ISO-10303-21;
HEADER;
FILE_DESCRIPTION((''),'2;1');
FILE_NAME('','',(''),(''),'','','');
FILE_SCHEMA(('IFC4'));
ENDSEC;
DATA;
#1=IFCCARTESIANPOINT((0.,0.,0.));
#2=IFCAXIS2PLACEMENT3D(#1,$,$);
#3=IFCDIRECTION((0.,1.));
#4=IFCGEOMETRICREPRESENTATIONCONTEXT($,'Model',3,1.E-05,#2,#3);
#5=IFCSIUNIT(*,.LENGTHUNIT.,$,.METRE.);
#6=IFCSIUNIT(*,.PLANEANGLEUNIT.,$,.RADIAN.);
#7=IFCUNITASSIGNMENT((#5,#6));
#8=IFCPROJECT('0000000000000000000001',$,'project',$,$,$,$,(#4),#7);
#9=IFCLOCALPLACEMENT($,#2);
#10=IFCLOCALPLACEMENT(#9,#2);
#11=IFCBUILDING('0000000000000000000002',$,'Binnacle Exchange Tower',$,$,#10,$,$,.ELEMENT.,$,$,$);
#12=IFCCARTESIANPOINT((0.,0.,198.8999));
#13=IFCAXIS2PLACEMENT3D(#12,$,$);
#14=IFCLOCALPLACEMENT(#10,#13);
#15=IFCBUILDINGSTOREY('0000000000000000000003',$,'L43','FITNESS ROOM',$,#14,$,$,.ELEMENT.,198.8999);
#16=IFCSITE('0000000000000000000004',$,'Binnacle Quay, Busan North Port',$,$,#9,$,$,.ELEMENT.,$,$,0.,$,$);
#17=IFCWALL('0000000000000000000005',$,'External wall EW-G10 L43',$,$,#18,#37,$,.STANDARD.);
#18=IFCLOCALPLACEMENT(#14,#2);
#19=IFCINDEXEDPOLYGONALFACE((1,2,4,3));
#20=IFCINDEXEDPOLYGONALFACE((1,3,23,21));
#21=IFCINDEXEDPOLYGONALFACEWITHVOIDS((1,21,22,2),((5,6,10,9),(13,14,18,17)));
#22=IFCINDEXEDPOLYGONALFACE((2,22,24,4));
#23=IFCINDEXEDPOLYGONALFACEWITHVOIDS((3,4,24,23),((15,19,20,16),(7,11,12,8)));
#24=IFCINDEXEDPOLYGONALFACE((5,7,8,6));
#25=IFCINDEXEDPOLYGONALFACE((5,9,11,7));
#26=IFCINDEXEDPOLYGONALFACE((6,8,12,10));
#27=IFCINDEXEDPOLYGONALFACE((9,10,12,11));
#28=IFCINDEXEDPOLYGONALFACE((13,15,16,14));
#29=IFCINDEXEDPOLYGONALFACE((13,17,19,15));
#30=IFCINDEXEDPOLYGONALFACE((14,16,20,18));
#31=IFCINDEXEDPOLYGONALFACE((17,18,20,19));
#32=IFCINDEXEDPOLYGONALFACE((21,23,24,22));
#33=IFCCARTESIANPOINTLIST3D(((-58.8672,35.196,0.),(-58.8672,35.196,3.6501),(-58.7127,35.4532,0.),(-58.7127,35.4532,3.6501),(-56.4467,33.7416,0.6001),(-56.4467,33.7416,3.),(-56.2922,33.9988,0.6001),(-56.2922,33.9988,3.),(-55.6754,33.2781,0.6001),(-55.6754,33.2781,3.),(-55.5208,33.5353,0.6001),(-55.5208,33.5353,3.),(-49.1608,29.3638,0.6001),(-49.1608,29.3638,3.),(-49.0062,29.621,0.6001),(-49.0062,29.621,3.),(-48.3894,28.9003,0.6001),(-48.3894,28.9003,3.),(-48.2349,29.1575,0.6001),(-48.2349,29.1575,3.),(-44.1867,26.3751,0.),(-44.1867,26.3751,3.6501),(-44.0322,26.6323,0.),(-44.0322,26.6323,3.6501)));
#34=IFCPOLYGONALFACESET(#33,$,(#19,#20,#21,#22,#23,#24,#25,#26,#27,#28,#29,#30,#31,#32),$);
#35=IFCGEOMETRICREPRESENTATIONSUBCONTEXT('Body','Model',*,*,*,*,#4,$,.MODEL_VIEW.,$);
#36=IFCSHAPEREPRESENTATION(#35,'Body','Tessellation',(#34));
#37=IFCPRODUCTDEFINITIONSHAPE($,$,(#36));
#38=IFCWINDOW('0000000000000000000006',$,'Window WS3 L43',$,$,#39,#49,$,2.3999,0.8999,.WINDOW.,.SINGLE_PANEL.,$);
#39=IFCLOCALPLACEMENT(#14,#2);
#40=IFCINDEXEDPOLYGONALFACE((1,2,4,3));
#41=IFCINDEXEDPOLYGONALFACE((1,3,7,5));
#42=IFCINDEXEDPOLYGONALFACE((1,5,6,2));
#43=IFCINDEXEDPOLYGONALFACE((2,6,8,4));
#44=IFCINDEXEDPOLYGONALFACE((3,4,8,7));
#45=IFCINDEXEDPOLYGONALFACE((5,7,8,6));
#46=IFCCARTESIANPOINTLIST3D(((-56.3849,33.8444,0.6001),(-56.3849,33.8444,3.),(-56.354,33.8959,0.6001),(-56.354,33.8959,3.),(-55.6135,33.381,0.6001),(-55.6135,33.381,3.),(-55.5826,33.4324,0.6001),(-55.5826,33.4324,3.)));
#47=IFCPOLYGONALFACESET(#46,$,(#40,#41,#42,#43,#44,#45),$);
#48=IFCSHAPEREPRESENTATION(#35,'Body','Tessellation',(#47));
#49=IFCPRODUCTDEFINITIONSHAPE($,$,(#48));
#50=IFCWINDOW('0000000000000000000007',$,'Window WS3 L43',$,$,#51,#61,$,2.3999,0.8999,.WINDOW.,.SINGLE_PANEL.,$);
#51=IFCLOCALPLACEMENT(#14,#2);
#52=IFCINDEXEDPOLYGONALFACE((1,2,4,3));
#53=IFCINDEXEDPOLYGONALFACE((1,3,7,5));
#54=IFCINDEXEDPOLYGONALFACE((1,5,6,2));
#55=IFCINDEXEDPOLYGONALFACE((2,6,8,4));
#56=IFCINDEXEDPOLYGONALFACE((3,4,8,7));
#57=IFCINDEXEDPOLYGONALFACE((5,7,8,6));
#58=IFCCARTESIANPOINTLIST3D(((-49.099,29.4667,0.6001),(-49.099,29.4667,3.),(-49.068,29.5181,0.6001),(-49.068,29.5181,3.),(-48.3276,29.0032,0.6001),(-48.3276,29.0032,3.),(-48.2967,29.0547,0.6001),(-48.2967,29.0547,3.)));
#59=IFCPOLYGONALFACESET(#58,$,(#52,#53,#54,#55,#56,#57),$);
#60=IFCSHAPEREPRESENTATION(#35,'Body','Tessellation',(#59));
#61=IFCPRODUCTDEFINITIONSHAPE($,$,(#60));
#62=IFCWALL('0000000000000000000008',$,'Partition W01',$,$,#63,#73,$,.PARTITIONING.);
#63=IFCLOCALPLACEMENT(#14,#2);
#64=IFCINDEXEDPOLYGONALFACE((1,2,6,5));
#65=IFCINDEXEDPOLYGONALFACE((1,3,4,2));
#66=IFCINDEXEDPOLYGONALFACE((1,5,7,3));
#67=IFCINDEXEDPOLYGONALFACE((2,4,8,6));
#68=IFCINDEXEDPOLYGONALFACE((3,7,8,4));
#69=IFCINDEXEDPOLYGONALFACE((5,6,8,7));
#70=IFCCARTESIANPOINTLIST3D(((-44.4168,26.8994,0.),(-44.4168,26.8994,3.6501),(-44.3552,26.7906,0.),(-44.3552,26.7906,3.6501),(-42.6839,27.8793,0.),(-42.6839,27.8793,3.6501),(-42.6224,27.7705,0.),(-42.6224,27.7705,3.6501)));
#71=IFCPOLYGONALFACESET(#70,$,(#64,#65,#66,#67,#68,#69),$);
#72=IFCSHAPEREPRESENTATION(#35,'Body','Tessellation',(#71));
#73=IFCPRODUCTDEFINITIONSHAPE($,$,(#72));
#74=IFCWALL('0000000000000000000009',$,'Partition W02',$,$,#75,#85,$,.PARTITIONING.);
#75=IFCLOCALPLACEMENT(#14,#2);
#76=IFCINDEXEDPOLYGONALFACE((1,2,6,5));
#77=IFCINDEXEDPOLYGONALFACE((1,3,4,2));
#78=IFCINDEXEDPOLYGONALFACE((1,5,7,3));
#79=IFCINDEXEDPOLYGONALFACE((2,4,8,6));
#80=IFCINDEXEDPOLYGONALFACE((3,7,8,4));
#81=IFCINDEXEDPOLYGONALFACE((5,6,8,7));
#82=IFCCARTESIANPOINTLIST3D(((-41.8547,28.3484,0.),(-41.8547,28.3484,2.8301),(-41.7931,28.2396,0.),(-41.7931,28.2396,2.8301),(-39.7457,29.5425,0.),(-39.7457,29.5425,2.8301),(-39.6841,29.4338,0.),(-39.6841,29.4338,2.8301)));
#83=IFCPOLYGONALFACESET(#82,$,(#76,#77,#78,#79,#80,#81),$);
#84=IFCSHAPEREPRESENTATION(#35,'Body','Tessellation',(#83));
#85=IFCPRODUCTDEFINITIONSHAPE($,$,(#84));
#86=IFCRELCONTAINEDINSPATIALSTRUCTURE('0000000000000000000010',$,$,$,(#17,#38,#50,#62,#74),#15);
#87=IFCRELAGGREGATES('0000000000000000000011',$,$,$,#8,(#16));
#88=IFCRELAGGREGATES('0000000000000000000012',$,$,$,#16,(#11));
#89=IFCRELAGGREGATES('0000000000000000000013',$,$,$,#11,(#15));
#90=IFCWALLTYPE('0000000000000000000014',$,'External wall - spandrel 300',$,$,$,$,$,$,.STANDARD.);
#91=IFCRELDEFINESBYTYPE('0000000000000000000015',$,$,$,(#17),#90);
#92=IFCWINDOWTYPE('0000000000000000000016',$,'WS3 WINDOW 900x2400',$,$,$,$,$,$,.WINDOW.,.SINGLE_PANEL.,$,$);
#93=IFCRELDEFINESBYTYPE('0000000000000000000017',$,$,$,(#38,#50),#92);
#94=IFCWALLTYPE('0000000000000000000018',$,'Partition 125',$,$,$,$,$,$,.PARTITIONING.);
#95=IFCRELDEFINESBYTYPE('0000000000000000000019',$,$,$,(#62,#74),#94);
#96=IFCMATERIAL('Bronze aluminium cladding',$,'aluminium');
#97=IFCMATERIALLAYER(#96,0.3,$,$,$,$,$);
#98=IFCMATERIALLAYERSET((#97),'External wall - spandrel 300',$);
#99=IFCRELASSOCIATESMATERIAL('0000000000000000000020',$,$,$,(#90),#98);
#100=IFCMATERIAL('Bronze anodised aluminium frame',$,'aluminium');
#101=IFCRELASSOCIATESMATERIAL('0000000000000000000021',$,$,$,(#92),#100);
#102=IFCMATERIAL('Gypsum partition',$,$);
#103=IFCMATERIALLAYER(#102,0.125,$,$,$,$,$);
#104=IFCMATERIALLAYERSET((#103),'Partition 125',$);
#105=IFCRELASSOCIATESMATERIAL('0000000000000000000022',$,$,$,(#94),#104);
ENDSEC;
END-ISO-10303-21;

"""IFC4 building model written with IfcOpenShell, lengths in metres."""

from ifc_helpers import new_model, si_unit, direction, frame, frame_2d, origin, place, context, subcontext, project, spatial, rectangle, extrude, material, layer, layer_set, type_object, element, fill, save


model = new_model("IFC4")

# Units and contexts
model_context = context("Model", 3, precision=1e-05, world=origin(), true_north=direction((0.0, 1.0)))
body_context = subcontext(model_context, "Body", "Model", "MODEL_VIEW")
ifc_project = project(units=[si_unit("LENGTHUNIT", "METRE"), si_unit("PLANEANGLEUNIT", "RADIAN")], contexts=[model_context])

# Site, building, storey
site_placement = place(None, origin())
site = spatial("IfcSite", under=ifc_project, at=site_placement, Name="Binnacle Quay, Busan North Port", CompositionType="ELEMENT", RefElevation=0.0)
building_placement = place(site_placement, origin())
building = spatial("IfcBuilding", under=site, at=building_placement, Name="Binnacle Exchange Tower", CompositionType="ELEMENT")
storey_placement = place(building_placement, frame((0.0, 0.0, 198.8999)))
storey = spatial("IfcBuildingStorey", under=building, at=storey_placement, Name="L43", Description="FITNESS ROOM", CompositionType="ELEMENT", Elevation=198.8999)

# Shared definitions
ifc_material_1 = material(Name="Bronze aluminium cladding", Category="aluminium")
ifc_layer_1 = layer(ifc_material_1, 0.3)
ifc_layer_set_1 = layer_set([ifc_layer_1], Name="External wall - spandrel 300")
wall_type_1 = type_object("IfcWallType", Name="External wall - spandrel 300", PredefinedType="STANDARD", material=ifc_layer_set_1)

# Wall, openings, windows
wall_1_placement = place(storey_placement, frame((-44.1094, 26.5037, 0.0), z_axis=(0.0, 0.0, 1.0), x_axis=(-0.85717, 0.515034, 0.0)))
wall_1 = element("IfcWall", 1, at=wall_1_placement, inside=storey, type_object=wall_type_1, Name="External wall EW-G10 L43", PredefinedType="STANDARD", context=body_context, shape_type="SweptSolid", body=[
    extrude(rectangle(XDim=17.1267, YDim=0.3, at=frame_2d((8.5635, 0.0))), origin(), (0.0, 0.0, 1.0), 3.6501),
])
opening_1_placement = place(wall_1_placement, frame((13.4031, 0.0, 0.6001)))
opening_1 = element("IfcOpeningElement", 2, at=opening_1_placement, cuts=wall_1, PredefinedType="OPENING", context=body_context, shape_type="SweptSolid", body=[
    extrude(rectangle(XDim=0.8999, YDim=2.3999, at=frame_2d((0.45, 1.2))), frame((0.0, 0.1599, 0.0), z_axis=(0.0, -1.0, 0.0), x_axis=(1.0, 0.0, 0.0)), (0.0, 0.0, 1.0), 0.3201),
])
opening_2_placement = place(wall_1_placement, frame((4.9031, 0.0, 0.6001)))
opening_2 = element("IfcOpeningElement", 3, at=opening_2_placement, cuts=wall_1, PredefinedType="OPENING", context=body_context, shape_type="SweptSolid", body=[
    extrude(rectangle(XDim=0.8999, YDim=2.3999, at=frame_2d((0.45, 1.2))), frame((0.0, 0.1599, 0.0), z_axis=(0.0, -1.0, 0.0), x_axis=(1.0, 0.0, 0.0)), (0.0, 0.0, 1.0), 0.3201),
])
ifc_material_2 = material(Name="Bronze anodised aluminium frame", Category="aluminium")
window_type = type_object("IfcWindowType", Name="WS3 WINDOW 900x2400", PartitioningType="SINGLE_PANEL", PredefinedType="WINDOW", material=ifc_material_2)
window_1_placement = place(opening_1_placement, origin())
window_1 = element("IfcWindow", 4, at=window_1_placement, inside=storey, type_object=window_type, Name="Window WS3 L43", OverallHeight=2.3999, OverallWidth=0.8999, PartitioningType="SINGLE_PANEL", PredefinedType="WINDOW", context=body_context, shape_type="SweptSolid", body=[
    extrude(rectangle(XDim=0.8999, YDim=2.3999, at=frame_2d((0.45, 1.2))), frame((0.0, 0.03, 0.0), z_axis=(0.0, -1.0, 0.0), x_axis=(1.0, 0.0, 0.0)), (0.0, 0.0, 1.0), 0.0601),
])
fill(opening_1, window_1)
window_2_placement = place(opening_2_placement, origin())
window_2 = element("IfcWindow", 5, at=window_2_placement, inside=storey, type_object=window_type, Name="Window WS3 L43", OverallHeight=2.3999, OverallWidth=0.8999, PartitioningType="SINGLE_PANEL", PredefinedType="WINDOW", context=body_context, shape_type="SweptSolid", body=[
    extrude(rectangle(XDim=0.8999, YDim=2.3999, at=frame_2d((0.45, 1.2))), frame((0.0, 0.03, 0.0), z_axis=(0.0, -1.0, 0.0), x_axis=(1.0, 0.0, 0.0)), (0.0, 0.0, 1.0), 0.0601),
])
fill(opening_2, window_2)

# Walls
ifc_material_3 = material(Name="Gypsum partition")
ifc_layer_2 = layer(ifc_material_3, 0.125)
ifc_layer_set_2 = layer_set([ifc_layer_2], Name="Partition 125")
wall_type_2 = type_object("IfcWallType", Name="Partition 125", PredefinedType="PARTITIONING", material=ifc_layer_set_2)
wall_2_placement = place(storey_placement, frame((-44.386, 26.845, 0.0), z_axis=(0.0, 0.0, 1.0), x_axis=(0.870453, 0.492251, 0.0)))
element("IfcWall", 6, at=wall_2_placement, inside=storey, type_object=wall_type_2, Name="Partition W01", PredefinedType="PARTITIONING", context=body_context, shape_type="SweptSolid", body=[
    extrude(rectangle(XDim=1.9907, YDim=0.125, at=frame_2d((0.9954, 0.0))), origin(), (0.0, 0.0, 1.0), 3.6501),
])
wall_3_placement = place(storey_placement, frame((-41.824, 28.2939, 0.0), z_axis=(0.0, 0.0, 1.0), x_axis=(0.870189, 0.492718, 0.0)))
element("IfcWall", 7, at=wall_3_placement, inside=storey, type_object=wall_type_2, Name="Partition W02", PredefinedType="PARTITIONING", context=body_context, shape_type="SweptSolid", body=[
    extrude(rectangle(XDim=2.4236, YDim=0.125, at=frame_2d((1.2119, 0.0))), origin(), (0.0, 0.0, 1.0), 2.8301),
])

save(model, "model.ifc")
